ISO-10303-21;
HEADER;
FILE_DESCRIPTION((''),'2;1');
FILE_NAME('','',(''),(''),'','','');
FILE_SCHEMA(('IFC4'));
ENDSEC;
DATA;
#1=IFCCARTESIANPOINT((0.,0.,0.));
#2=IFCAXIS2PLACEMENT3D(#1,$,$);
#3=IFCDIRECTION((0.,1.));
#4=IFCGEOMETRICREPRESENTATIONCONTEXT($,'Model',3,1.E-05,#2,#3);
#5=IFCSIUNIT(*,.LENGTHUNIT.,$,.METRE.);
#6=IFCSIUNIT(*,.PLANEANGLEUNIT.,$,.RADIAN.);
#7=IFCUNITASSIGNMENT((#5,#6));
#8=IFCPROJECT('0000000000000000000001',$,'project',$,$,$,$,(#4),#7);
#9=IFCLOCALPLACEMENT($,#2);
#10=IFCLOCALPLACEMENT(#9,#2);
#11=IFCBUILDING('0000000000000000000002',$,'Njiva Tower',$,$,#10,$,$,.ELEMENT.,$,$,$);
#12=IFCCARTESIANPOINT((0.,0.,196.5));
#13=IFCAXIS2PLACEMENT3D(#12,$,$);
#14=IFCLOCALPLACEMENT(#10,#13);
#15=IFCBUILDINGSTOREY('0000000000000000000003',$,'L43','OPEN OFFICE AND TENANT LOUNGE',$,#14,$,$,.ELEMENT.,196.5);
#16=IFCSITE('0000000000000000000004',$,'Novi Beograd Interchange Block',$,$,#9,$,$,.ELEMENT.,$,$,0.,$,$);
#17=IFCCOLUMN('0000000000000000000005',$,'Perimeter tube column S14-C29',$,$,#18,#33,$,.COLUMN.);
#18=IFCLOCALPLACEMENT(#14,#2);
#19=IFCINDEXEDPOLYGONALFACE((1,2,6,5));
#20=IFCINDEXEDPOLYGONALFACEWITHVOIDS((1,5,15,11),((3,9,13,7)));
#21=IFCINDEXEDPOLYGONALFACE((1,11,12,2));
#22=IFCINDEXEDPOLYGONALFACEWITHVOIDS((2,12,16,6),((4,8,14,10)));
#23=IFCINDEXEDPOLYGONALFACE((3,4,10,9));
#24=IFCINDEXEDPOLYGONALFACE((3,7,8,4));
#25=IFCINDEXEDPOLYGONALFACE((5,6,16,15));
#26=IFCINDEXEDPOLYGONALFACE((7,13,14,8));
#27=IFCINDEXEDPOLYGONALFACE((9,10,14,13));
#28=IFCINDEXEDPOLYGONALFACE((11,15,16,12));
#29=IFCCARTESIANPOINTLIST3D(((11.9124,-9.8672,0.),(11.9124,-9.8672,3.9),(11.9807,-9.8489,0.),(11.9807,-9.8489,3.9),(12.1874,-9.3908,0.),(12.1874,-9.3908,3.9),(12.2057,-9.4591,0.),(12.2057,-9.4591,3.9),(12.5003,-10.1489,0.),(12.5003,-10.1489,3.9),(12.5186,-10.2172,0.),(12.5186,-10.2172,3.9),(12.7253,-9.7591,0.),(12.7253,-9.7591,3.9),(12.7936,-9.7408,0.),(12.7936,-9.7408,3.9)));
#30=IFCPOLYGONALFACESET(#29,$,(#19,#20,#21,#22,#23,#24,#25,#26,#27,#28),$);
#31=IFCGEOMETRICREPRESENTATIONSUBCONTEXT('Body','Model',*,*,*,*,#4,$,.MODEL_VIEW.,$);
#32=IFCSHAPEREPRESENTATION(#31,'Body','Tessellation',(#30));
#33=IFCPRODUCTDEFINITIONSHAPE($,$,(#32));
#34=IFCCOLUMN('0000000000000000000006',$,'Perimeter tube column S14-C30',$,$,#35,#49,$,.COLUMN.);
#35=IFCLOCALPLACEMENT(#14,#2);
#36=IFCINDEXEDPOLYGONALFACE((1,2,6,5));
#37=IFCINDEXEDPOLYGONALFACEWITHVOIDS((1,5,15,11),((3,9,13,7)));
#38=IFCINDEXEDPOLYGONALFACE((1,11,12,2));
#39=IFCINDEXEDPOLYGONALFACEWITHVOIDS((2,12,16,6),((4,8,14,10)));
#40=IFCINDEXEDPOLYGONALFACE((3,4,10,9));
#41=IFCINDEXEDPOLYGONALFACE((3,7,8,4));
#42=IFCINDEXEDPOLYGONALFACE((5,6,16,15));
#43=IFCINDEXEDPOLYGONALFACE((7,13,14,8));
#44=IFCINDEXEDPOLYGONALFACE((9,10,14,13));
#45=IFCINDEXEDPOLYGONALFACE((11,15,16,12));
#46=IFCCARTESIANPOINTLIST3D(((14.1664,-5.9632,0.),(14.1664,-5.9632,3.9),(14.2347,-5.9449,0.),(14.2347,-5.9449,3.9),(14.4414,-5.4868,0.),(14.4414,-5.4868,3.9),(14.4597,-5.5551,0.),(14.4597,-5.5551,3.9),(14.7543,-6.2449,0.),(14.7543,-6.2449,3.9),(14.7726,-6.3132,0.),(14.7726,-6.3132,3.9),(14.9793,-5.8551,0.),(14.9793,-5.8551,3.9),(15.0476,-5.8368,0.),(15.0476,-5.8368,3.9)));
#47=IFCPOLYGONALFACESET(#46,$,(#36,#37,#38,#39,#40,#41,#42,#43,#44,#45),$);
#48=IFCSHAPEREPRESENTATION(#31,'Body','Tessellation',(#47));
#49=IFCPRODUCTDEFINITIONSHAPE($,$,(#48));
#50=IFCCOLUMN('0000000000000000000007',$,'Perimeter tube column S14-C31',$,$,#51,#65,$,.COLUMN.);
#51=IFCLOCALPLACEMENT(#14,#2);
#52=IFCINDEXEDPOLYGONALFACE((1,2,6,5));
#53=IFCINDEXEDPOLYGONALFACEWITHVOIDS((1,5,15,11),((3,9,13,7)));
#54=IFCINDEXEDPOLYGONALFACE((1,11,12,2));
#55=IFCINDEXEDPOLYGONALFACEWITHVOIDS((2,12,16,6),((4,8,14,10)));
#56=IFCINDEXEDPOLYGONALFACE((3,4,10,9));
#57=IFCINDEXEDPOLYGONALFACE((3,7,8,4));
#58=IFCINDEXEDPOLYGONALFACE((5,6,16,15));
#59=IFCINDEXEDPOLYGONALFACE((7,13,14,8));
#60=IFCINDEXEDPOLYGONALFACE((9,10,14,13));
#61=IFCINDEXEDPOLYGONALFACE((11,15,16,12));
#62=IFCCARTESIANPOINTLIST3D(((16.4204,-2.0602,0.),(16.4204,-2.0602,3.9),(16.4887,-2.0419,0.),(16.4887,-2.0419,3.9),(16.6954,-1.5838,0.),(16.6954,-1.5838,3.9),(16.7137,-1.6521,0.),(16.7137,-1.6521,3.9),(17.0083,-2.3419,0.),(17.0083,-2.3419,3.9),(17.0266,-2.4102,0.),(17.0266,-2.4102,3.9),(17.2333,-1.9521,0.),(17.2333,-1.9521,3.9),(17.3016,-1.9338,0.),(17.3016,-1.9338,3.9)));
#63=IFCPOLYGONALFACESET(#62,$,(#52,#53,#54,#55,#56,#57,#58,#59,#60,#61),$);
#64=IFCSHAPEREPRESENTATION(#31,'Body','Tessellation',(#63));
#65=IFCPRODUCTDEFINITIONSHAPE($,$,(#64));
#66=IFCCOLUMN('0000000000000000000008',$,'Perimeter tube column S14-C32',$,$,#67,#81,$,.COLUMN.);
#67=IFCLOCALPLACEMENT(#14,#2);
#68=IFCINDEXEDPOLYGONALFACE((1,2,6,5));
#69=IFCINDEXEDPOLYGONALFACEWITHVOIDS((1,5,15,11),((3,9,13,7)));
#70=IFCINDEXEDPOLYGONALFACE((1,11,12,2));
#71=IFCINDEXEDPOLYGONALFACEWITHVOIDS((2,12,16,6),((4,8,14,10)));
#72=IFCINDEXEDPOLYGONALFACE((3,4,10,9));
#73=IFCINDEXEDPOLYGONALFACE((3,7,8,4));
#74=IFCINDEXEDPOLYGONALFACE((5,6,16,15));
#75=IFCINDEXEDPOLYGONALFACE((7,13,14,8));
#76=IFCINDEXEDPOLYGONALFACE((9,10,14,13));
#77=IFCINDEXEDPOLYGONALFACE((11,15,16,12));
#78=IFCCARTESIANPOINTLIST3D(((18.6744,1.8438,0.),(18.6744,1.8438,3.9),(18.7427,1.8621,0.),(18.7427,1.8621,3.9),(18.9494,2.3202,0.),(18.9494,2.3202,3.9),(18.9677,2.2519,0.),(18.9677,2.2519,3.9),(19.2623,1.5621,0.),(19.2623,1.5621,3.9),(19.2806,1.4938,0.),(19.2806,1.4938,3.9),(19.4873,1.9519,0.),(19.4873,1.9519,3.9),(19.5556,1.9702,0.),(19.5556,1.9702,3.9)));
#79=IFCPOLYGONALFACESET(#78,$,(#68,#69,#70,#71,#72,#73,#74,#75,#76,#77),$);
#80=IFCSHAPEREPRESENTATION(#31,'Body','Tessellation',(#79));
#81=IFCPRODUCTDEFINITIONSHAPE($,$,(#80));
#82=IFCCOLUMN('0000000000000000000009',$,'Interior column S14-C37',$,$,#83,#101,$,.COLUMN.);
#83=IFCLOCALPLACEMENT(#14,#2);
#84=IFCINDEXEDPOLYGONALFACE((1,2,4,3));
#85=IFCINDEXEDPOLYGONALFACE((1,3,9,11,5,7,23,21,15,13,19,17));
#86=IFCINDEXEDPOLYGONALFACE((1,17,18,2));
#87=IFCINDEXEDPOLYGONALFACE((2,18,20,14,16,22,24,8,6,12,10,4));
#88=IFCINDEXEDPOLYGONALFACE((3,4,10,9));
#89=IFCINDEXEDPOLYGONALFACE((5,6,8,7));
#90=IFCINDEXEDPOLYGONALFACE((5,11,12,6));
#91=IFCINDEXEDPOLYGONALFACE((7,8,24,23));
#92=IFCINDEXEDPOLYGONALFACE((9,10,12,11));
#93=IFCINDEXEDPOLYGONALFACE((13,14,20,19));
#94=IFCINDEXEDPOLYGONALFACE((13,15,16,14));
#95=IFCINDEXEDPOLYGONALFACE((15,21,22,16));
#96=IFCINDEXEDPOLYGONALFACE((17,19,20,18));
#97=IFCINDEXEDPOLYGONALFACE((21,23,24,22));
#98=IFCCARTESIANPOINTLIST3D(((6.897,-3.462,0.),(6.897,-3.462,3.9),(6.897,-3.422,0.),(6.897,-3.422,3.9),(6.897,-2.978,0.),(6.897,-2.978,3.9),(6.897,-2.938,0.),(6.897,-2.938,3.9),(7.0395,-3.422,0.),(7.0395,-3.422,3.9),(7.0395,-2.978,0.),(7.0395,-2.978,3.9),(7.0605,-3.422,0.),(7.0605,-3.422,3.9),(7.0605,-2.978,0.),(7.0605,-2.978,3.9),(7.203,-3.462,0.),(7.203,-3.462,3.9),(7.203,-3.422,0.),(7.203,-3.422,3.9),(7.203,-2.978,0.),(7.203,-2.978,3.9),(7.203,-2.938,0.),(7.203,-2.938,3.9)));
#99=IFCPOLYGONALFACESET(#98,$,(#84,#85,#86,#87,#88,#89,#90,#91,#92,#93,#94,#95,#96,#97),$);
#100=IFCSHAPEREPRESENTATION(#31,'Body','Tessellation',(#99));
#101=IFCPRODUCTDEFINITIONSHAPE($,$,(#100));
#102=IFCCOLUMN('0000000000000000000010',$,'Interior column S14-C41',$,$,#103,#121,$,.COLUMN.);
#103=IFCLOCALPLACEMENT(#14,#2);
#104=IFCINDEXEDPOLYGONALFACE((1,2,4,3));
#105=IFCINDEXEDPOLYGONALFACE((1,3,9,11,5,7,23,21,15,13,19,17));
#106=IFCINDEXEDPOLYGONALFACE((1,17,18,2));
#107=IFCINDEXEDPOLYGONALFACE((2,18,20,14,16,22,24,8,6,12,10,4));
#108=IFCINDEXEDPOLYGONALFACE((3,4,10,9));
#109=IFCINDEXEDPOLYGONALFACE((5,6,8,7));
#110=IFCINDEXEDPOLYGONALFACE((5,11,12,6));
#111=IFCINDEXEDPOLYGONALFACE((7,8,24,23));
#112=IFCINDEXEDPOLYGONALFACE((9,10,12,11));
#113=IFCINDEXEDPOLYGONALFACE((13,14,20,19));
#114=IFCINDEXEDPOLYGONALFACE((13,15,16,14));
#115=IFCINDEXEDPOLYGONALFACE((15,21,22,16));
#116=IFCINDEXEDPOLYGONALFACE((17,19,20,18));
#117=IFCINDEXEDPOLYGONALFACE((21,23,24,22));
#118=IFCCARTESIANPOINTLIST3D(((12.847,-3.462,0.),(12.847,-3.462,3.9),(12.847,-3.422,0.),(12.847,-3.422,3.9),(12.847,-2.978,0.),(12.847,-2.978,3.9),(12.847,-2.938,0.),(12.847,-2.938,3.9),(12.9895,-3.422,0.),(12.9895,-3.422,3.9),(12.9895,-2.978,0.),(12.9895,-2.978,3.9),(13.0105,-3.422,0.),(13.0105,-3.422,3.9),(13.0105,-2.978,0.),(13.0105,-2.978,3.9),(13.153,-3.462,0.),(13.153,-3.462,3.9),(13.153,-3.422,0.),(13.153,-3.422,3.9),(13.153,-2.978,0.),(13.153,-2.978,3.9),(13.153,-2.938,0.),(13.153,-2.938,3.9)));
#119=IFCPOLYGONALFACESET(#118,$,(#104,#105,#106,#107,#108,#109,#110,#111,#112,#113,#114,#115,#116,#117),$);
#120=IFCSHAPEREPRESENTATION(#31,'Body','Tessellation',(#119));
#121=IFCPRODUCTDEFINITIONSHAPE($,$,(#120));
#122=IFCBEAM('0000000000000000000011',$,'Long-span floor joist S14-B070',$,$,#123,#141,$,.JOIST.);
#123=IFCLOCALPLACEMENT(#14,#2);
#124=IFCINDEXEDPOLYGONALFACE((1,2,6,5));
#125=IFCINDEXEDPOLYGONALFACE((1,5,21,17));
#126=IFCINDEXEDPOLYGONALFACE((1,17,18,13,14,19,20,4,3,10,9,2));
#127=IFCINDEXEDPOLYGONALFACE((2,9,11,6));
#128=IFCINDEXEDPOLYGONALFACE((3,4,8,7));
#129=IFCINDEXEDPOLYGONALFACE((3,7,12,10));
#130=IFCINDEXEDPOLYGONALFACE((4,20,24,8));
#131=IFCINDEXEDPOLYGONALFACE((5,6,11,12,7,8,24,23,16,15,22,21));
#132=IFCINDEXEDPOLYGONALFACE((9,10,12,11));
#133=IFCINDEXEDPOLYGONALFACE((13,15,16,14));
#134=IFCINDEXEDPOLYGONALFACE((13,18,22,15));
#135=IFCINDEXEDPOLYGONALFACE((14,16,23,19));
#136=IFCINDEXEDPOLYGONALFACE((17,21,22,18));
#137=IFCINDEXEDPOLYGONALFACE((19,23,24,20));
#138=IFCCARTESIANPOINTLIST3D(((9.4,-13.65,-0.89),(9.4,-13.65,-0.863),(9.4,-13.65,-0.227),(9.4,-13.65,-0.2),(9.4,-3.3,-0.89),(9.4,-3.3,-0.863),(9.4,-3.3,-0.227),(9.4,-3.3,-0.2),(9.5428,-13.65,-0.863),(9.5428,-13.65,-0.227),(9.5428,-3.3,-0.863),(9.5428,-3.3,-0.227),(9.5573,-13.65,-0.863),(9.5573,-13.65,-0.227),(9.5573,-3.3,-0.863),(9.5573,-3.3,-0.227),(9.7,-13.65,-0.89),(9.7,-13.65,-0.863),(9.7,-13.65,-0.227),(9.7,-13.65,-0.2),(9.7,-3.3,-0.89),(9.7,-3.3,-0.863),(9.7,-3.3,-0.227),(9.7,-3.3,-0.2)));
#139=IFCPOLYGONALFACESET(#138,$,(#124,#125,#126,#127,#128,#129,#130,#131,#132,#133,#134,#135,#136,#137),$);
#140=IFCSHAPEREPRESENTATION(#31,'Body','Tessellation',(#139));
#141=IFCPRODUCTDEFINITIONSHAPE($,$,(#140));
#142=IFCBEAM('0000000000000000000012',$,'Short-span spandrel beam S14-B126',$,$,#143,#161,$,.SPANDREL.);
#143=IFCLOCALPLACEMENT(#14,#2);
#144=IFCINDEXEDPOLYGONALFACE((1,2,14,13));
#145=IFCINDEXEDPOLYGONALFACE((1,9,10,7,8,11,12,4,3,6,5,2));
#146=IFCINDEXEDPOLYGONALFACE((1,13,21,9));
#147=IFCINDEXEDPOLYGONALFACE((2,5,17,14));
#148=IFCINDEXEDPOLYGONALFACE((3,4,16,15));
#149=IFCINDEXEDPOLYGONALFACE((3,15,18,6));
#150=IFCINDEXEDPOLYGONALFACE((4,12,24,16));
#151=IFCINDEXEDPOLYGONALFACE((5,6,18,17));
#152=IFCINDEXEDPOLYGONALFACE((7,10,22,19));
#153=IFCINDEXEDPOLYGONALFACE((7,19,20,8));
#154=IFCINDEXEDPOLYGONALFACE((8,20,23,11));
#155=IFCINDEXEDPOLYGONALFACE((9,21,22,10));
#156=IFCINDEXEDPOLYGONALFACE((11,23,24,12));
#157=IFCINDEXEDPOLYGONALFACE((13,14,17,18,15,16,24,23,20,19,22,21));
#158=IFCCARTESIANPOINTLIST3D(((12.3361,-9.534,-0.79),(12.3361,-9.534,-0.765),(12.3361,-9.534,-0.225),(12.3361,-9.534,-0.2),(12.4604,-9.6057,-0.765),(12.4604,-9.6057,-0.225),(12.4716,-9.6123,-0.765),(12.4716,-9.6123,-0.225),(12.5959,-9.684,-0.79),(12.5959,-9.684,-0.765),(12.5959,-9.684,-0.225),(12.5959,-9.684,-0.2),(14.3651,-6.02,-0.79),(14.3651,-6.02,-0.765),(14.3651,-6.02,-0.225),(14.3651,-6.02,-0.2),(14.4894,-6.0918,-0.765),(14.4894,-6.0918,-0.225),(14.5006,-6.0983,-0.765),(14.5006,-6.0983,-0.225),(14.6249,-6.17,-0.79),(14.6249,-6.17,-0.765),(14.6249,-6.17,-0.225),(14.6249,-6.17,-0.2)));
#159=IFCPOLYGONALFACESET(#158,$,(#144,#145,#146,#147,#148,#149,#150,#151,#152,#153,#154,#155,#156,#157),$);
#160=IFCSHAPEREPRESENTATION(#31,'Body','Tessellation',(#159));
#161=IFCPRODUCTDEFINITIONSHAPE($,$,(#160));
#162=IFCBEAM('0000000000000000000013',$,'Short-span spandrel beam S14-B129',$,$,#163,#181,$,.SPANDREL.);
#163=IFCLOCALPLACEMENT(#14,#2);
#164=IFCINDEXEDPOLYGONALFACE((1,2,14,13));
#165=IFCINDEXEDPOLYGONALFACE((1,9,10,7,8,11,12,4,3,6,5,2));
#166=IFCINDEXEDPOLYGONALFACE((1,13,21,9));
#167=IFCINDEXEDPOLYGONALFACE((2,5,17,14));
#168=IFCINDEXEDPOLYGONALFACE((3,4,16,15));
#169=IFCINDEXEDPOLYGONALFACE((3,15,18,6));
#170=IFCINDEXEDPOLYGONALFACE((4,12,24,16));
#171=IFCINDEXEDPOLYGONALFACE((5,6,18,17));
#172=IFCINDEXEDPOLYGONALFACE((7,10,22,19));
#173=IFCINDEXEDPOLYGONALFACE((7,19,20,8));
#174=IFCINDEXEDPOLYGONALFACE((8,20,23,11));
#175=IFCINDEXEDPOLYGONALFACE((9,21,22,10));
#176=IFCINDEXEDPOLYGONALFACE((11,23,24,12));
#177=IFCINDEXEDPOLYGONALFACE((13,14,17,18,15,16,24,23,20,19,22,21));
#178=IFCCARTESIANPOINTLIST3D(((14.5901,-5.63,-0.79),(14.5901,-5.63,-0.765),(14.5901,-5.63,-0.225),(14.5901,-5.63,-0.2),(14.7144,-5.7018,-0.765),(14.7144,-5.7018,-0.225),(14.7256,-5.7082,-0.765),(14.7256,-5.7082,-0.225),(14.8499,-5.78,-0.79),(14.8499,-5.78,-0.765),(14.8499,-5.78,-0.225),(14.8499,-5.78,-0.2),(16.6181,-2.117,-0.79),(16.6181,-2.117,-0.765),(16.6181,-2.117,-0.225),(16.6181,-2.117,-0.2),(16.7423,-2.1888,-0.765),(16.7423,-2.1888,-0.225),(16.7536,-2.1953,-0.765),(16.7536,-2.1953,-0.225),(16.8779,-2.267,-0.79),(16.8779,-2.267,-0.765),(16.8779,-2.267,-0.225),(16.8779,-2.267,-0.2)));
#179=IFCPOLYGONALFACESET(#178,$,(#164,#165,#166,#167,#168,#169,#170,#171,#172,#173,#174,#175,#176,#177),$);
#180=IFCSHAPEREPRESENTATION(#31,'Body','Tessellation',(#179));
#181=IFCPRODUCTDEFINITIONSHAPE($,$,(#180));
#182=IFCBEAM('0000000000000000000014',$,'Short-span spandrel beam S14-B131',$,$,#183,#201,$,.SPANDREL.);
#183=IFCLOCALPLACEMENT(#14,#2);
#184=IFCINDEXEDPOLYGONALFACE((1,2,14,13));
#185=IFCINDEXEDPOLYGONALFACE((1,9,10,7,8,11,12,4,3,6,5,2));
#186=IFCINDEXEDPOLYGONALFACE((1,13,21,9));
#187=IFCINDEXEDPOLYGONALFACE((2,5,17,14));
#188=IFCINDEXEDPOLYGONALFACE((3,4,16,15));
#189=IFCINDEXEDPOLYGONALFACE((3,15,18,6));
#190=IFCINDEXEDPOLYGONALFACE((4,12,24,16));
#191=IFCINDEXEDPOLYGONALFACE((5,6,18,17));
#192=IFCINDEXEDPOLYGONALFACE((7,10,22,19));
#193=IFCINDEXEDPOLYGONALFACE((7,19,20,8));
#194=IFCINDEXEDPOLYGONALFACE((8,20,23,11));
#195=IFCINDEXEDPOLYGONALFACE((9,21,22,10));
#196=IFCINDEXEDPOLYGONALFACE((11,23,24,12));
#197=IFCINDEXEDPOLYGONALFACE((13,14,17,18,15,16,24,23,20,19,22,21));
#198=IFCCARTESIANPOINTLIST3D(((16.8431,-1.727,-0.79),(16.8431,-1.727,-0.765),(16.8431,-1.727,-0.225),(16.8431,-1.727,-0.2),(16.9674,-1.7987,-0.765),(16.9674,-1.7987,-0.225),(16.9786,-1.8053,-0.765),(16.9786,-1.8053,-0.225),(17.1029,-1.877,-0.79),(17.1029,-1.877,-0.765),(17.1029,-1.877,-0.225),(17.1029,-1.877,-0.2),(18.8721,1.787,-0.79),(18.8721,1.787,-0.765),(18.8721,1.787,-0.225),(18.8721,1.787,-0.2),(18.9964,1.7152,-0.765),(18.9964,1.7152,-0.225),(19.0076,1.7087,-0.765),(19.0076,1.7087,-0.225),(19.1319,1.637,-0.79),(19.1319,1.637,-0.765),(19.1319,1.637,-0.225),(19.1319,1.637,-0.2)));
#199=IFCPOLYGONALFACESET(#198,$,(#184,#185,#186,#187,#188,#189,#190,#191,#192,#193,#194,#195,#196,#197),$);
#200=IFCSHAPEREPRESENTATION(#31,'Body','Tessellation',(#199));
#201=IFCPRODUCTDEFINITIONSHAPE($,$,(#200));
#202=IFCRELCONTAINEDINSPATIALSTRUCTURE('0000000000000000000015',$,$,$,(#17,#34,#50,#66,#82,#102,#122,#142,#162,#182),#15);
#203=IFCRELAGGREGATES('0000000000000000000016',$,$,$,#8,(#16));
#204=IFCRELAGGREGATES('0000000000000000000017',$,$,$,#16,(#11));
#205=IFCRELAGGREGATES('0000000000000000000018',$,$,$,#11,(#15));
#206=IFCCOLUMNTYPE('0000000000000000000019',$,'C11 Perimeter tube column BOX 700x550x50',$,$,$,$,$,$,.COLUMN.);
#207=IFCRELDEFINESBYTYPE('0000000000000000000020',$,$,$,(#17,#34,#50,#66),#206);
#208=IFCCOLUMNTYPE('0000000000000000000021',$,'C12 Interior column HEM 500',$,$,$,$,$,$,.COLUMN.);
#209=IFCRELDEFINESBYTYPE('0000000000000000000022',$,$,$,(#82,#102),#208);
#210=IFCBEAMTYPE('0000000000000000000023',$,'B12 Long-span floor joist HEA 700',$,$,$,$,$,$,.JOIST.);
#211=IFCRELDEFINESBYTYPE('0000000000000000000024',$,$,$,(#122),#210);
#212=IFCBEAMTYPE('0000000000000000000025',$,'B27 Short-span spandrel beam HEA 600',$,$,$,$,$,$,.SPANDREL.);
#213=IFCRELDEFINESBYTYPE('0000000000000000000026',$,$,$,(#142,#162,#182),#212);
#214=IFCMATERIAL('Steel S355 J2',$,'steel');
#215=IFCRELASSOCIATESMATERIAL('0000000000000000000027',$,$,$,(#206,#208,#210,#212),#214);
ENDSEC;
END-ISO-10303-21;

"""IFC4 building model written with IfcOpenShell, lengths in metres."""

from ifc_helpers import new_model, si_unit, direction, frame, origin, origin_2d, place, context, subcontext, project, spatial, hollow_rectangle, i_section, extrude, material, material_profile, profile_set, type_object, element, save


model = new_model("IFC4")

# Units and contexts
model_context = context("Model", 3, precision=1e-05, world=origin(), true_north=direction((0.0, 1.0)))
body_context = subcontext(model_context, "Body", "Model", "MODEL_VIEW")
ifc_project = project(units=[si_unit("LENGTHUNIT", "METRE"), si_unit("PLANEANGLEUNIT", "RADIAN")], contexts=[model_context])

# Site, building, storey
site_placement = place(None, origin())
site = spatial("IfcSite", under=ifc_project, at=site_placement, Name="Novi Beograd Interchange Block", CompositionType="ELEMENT", RefElevation=0.0)
building_placement = place(site_placement, origin())
building = spatial("IfcBuilding", under=site, at=building_placement, Name="Njiva Tower", CompositionType="ELEMENT")
storey_placement = place(building_placement, frame((0.0, 0.0, 196.5)))
storey = spatial("IfcBuildingStorey", under=building, at=storey_placement, Name="L43", Description="OPEN OFFICE AND TENANT LOUNGE", CompositionType="ELEMENT", Elevation=196.5)

# Columns
ifc_material_1 = material(Name="Steel S355 J2", Category="steel")
ifc_material_profile_1 = material_profile(ifc_material_1, hollow_rectangle(XDim=0.55, YDim=0.7, WallThickness=0.05, at=origin_2d()), Name="BOX 700x550x50")
ifc_profile_set_1 = profile_set([ifc_material_profile_1], Name="Steel S355 J2")
column_type_1 = type_object("IfcColumnType", Name="C11 Perimeter tube column BOX 700x550x50", PredefinedType="COLUMN", material=ifc_profile_set_1)
for number, where, z_axis, x_axis, name in (
    (1, (12.353, -9.804, 0.0), (0.0, 0.0, 1.0), (0.5, 0.866025, 0.0), "Perimeter tube column S14-C29"),
    (2, (14.607, -5.9, 0.0), (0.0, 0.0, 1.0), (0.5, 0.866025, 0.0), "Perimeter tube column S14-C30"),
    (3, (16.861, -1.997, 0.0), (0.0, 0.0, 1.0), (0.5, 0.866025, 0.0), "Perimeter tube column S14-C31"),
    (4, (19.115, 1.907, 0.0), (0.0, 0.0, 1.0), (0.5, 0.866025, 0.0), "Perimeter tube column S14-C32"),
):
    element("IfcColumn", number, at=place(storey_placement, frame(where, z_axis=z_axis, x_axis=x_axis)), inside=storey, type_object=column_type_1, Name=name, PredefinedType="COLUMN", context=body_context, shape_type="SweptSolid", body=[
        extrude(hollow_rectangle(XDim=0.55, YDim=0.7, WallThickness=0.05, at=origin_2d()), origin(), (0.0, 0.0, 1.0), 3.9),
    ])
ifc_material_profile_2 = material_profile(ifc_material_1, i_section(OverallWidth=0.306, OverallDepth=0.524, WebThickness=0.021, FlangeThickness=0.04, at=origin_2d()), Name="HEM 500")
ifc_profile_set_2 = profile_set([ifc_material_profile_2], Name="Steel S355 J2")
column_type_2 = type_object("IfcColumnType", Name="C12 Interior column HEM 500", PredefinedType="COLUMN", material=ifc_profile_set_2)
for number, where, z_axis, x_axis, name in (
    (5, (7.05, -3.2, 0.0), (0.0, 0.0, 1.0), (1.0, 0.0, 0.0), "Interior column S14-C37"),
    (6, (13.0, -3.2, 0.0), (0.0, 0.0, 1.0), (1.0, 0.0, 0.0), "Interior column S14-C41"),
):
    element("IfcColumn", number, at=place(storey_placement, frame(where, z_axis=z_axis, x_axis=x_axis)), inside=storey, type_object=column_type_2, Name=name, PredefinedType="COLUMN", context=body_context, shape_type="SweptSolid", body=[
        extrude(i_section(OverallWidth=0.306, OverallDepth=0.524, WebThickness=0.021, FlangeThickness=0.04, at=origin_2d()), origin(), (0.0, 0.0, 1.0), 3.9),
    ])

# Beams
ifc_material_profile_3 = material_profile(ifc_material_1, i_section(OverallWidth=0.3, OverallDepth=0.69, WebThickness=0.0145, FlangeThickness=0.027, at=origin_2d()), Name="HEA 700")
ifc_profile_set_3 = profile_set([ifc_material_profile_3], Name="Steel S355 J2")
beam_type_1 = type_object("IfcBeamType", Name="B12 Long-span floor joist HEA 700", PredefinedType="JOIST", material=ifc_profile_set_3)
beam_1_placement = place(storey_placement, frame((9.55, -3.3, -0.545), z_axis=(0.0, -1.0, 0.0), x_axis=(1.0, 0.0, 0.0)))
element("IfcBeam", 7, at=beam_1_placement, inside=storey, type_object=beam_type_1, Name="Long-span floor joist S14-B070", PredefinedType="JOIST", context=body_context, shape_type="SweptSolid", body=[
    extrude(i_section(OverallWidth=0.3, OverallDepth=0.69, WebThickness=0.0145, FlangeThickness=0.027, at=origin_2d()), origin(), (0.0, 0.0, 1.0), 10.35),
])
ifc_material_profile_4 = material_profile(ifc_material_1, i_section(OverallWidth=0.3, OverallDepth=0.59, WebThickness=0.013, FlangeThickness=0.025, at=origin_2d()), Name="HEA 600")
ifc_profile_set_4 = profile_set([ifc_material_profile_4], Name="Steel S355 J2")
beam_type_2 = type_object("IfcBeamType", Name="B27 Short-span spandrel beam HEA 600", PredefinedType="SPANDREL", material=ifc_profile_set_4)
beam_2_placement = place(storey_placement, frame((12.466, -9.609, -0.495), z_axis=(0.500035, 0.866005, 0.0), x_axis=(-0.866005, 0.500035, 0.0)))
element("IfcBeam", 8, at=beam_2_placement, inside=storey, type_object=beam_type_2, Name="Short-span spandrel beam S14-B126", PredefinedType="SPANDREL", context=body_context, shape_type="SweptSolid", body=[
    extrude(i_section(OverallWidth=0.3, OverallDepth=0.59, WebThickness=0.013, FlangeThickness=0.025, at=origin_2d()), origin(), (0.0, 0.0, 1.0), 4.0577),
])
beam_3_placement = place(storey_placement, frame((14.72, -5.705, -0.495), z_axis=(0.499957, 0.86605, 0.0), x_axis=(-0.86605, 0.499957, 0.0)))
element("IfcBeam", 9, at=beam_3_placement, inside=storey, type_object=beam_type_2, Name="Short-span spandrel beam S14-B129", PredefinedType="SPANDREL", context=body_context, shape_type="SweptSolid", body=[
    extrude(i_section(OverallWidth=0.3, OverallDepth=0.59, WebThickness=0.013, FlangeThickness=0.025, at=origin_2d()), origin(), (0.0, 0.0, 1.0), 4.0563),
])
beam_4_placement = place(storey_placement, frame((16.973, -1.802, -0.495), z_axis=(0.500035, 0.866005, 0.0), x_axis=(-0.866005, 0.500035, 0.0)))
element("IfcBeam", 10, at=beam_4_placement, inside=storey, type_object=beam_type_2, Name="Short-span spandrel beam S14-B131", PredefinedType="SPANDREL", context=body_context, shape_type="SweptSolid", body=[
    extrude(i_section(OverallWidth=0.3, OverallDepth=0.59, WebThickness=0.013, FlangeThickness=0.025, at=origin_2d()), origin(), (0.0, 0.0, 1.0), 4.0577),
])

save(model, "model.ifc")
